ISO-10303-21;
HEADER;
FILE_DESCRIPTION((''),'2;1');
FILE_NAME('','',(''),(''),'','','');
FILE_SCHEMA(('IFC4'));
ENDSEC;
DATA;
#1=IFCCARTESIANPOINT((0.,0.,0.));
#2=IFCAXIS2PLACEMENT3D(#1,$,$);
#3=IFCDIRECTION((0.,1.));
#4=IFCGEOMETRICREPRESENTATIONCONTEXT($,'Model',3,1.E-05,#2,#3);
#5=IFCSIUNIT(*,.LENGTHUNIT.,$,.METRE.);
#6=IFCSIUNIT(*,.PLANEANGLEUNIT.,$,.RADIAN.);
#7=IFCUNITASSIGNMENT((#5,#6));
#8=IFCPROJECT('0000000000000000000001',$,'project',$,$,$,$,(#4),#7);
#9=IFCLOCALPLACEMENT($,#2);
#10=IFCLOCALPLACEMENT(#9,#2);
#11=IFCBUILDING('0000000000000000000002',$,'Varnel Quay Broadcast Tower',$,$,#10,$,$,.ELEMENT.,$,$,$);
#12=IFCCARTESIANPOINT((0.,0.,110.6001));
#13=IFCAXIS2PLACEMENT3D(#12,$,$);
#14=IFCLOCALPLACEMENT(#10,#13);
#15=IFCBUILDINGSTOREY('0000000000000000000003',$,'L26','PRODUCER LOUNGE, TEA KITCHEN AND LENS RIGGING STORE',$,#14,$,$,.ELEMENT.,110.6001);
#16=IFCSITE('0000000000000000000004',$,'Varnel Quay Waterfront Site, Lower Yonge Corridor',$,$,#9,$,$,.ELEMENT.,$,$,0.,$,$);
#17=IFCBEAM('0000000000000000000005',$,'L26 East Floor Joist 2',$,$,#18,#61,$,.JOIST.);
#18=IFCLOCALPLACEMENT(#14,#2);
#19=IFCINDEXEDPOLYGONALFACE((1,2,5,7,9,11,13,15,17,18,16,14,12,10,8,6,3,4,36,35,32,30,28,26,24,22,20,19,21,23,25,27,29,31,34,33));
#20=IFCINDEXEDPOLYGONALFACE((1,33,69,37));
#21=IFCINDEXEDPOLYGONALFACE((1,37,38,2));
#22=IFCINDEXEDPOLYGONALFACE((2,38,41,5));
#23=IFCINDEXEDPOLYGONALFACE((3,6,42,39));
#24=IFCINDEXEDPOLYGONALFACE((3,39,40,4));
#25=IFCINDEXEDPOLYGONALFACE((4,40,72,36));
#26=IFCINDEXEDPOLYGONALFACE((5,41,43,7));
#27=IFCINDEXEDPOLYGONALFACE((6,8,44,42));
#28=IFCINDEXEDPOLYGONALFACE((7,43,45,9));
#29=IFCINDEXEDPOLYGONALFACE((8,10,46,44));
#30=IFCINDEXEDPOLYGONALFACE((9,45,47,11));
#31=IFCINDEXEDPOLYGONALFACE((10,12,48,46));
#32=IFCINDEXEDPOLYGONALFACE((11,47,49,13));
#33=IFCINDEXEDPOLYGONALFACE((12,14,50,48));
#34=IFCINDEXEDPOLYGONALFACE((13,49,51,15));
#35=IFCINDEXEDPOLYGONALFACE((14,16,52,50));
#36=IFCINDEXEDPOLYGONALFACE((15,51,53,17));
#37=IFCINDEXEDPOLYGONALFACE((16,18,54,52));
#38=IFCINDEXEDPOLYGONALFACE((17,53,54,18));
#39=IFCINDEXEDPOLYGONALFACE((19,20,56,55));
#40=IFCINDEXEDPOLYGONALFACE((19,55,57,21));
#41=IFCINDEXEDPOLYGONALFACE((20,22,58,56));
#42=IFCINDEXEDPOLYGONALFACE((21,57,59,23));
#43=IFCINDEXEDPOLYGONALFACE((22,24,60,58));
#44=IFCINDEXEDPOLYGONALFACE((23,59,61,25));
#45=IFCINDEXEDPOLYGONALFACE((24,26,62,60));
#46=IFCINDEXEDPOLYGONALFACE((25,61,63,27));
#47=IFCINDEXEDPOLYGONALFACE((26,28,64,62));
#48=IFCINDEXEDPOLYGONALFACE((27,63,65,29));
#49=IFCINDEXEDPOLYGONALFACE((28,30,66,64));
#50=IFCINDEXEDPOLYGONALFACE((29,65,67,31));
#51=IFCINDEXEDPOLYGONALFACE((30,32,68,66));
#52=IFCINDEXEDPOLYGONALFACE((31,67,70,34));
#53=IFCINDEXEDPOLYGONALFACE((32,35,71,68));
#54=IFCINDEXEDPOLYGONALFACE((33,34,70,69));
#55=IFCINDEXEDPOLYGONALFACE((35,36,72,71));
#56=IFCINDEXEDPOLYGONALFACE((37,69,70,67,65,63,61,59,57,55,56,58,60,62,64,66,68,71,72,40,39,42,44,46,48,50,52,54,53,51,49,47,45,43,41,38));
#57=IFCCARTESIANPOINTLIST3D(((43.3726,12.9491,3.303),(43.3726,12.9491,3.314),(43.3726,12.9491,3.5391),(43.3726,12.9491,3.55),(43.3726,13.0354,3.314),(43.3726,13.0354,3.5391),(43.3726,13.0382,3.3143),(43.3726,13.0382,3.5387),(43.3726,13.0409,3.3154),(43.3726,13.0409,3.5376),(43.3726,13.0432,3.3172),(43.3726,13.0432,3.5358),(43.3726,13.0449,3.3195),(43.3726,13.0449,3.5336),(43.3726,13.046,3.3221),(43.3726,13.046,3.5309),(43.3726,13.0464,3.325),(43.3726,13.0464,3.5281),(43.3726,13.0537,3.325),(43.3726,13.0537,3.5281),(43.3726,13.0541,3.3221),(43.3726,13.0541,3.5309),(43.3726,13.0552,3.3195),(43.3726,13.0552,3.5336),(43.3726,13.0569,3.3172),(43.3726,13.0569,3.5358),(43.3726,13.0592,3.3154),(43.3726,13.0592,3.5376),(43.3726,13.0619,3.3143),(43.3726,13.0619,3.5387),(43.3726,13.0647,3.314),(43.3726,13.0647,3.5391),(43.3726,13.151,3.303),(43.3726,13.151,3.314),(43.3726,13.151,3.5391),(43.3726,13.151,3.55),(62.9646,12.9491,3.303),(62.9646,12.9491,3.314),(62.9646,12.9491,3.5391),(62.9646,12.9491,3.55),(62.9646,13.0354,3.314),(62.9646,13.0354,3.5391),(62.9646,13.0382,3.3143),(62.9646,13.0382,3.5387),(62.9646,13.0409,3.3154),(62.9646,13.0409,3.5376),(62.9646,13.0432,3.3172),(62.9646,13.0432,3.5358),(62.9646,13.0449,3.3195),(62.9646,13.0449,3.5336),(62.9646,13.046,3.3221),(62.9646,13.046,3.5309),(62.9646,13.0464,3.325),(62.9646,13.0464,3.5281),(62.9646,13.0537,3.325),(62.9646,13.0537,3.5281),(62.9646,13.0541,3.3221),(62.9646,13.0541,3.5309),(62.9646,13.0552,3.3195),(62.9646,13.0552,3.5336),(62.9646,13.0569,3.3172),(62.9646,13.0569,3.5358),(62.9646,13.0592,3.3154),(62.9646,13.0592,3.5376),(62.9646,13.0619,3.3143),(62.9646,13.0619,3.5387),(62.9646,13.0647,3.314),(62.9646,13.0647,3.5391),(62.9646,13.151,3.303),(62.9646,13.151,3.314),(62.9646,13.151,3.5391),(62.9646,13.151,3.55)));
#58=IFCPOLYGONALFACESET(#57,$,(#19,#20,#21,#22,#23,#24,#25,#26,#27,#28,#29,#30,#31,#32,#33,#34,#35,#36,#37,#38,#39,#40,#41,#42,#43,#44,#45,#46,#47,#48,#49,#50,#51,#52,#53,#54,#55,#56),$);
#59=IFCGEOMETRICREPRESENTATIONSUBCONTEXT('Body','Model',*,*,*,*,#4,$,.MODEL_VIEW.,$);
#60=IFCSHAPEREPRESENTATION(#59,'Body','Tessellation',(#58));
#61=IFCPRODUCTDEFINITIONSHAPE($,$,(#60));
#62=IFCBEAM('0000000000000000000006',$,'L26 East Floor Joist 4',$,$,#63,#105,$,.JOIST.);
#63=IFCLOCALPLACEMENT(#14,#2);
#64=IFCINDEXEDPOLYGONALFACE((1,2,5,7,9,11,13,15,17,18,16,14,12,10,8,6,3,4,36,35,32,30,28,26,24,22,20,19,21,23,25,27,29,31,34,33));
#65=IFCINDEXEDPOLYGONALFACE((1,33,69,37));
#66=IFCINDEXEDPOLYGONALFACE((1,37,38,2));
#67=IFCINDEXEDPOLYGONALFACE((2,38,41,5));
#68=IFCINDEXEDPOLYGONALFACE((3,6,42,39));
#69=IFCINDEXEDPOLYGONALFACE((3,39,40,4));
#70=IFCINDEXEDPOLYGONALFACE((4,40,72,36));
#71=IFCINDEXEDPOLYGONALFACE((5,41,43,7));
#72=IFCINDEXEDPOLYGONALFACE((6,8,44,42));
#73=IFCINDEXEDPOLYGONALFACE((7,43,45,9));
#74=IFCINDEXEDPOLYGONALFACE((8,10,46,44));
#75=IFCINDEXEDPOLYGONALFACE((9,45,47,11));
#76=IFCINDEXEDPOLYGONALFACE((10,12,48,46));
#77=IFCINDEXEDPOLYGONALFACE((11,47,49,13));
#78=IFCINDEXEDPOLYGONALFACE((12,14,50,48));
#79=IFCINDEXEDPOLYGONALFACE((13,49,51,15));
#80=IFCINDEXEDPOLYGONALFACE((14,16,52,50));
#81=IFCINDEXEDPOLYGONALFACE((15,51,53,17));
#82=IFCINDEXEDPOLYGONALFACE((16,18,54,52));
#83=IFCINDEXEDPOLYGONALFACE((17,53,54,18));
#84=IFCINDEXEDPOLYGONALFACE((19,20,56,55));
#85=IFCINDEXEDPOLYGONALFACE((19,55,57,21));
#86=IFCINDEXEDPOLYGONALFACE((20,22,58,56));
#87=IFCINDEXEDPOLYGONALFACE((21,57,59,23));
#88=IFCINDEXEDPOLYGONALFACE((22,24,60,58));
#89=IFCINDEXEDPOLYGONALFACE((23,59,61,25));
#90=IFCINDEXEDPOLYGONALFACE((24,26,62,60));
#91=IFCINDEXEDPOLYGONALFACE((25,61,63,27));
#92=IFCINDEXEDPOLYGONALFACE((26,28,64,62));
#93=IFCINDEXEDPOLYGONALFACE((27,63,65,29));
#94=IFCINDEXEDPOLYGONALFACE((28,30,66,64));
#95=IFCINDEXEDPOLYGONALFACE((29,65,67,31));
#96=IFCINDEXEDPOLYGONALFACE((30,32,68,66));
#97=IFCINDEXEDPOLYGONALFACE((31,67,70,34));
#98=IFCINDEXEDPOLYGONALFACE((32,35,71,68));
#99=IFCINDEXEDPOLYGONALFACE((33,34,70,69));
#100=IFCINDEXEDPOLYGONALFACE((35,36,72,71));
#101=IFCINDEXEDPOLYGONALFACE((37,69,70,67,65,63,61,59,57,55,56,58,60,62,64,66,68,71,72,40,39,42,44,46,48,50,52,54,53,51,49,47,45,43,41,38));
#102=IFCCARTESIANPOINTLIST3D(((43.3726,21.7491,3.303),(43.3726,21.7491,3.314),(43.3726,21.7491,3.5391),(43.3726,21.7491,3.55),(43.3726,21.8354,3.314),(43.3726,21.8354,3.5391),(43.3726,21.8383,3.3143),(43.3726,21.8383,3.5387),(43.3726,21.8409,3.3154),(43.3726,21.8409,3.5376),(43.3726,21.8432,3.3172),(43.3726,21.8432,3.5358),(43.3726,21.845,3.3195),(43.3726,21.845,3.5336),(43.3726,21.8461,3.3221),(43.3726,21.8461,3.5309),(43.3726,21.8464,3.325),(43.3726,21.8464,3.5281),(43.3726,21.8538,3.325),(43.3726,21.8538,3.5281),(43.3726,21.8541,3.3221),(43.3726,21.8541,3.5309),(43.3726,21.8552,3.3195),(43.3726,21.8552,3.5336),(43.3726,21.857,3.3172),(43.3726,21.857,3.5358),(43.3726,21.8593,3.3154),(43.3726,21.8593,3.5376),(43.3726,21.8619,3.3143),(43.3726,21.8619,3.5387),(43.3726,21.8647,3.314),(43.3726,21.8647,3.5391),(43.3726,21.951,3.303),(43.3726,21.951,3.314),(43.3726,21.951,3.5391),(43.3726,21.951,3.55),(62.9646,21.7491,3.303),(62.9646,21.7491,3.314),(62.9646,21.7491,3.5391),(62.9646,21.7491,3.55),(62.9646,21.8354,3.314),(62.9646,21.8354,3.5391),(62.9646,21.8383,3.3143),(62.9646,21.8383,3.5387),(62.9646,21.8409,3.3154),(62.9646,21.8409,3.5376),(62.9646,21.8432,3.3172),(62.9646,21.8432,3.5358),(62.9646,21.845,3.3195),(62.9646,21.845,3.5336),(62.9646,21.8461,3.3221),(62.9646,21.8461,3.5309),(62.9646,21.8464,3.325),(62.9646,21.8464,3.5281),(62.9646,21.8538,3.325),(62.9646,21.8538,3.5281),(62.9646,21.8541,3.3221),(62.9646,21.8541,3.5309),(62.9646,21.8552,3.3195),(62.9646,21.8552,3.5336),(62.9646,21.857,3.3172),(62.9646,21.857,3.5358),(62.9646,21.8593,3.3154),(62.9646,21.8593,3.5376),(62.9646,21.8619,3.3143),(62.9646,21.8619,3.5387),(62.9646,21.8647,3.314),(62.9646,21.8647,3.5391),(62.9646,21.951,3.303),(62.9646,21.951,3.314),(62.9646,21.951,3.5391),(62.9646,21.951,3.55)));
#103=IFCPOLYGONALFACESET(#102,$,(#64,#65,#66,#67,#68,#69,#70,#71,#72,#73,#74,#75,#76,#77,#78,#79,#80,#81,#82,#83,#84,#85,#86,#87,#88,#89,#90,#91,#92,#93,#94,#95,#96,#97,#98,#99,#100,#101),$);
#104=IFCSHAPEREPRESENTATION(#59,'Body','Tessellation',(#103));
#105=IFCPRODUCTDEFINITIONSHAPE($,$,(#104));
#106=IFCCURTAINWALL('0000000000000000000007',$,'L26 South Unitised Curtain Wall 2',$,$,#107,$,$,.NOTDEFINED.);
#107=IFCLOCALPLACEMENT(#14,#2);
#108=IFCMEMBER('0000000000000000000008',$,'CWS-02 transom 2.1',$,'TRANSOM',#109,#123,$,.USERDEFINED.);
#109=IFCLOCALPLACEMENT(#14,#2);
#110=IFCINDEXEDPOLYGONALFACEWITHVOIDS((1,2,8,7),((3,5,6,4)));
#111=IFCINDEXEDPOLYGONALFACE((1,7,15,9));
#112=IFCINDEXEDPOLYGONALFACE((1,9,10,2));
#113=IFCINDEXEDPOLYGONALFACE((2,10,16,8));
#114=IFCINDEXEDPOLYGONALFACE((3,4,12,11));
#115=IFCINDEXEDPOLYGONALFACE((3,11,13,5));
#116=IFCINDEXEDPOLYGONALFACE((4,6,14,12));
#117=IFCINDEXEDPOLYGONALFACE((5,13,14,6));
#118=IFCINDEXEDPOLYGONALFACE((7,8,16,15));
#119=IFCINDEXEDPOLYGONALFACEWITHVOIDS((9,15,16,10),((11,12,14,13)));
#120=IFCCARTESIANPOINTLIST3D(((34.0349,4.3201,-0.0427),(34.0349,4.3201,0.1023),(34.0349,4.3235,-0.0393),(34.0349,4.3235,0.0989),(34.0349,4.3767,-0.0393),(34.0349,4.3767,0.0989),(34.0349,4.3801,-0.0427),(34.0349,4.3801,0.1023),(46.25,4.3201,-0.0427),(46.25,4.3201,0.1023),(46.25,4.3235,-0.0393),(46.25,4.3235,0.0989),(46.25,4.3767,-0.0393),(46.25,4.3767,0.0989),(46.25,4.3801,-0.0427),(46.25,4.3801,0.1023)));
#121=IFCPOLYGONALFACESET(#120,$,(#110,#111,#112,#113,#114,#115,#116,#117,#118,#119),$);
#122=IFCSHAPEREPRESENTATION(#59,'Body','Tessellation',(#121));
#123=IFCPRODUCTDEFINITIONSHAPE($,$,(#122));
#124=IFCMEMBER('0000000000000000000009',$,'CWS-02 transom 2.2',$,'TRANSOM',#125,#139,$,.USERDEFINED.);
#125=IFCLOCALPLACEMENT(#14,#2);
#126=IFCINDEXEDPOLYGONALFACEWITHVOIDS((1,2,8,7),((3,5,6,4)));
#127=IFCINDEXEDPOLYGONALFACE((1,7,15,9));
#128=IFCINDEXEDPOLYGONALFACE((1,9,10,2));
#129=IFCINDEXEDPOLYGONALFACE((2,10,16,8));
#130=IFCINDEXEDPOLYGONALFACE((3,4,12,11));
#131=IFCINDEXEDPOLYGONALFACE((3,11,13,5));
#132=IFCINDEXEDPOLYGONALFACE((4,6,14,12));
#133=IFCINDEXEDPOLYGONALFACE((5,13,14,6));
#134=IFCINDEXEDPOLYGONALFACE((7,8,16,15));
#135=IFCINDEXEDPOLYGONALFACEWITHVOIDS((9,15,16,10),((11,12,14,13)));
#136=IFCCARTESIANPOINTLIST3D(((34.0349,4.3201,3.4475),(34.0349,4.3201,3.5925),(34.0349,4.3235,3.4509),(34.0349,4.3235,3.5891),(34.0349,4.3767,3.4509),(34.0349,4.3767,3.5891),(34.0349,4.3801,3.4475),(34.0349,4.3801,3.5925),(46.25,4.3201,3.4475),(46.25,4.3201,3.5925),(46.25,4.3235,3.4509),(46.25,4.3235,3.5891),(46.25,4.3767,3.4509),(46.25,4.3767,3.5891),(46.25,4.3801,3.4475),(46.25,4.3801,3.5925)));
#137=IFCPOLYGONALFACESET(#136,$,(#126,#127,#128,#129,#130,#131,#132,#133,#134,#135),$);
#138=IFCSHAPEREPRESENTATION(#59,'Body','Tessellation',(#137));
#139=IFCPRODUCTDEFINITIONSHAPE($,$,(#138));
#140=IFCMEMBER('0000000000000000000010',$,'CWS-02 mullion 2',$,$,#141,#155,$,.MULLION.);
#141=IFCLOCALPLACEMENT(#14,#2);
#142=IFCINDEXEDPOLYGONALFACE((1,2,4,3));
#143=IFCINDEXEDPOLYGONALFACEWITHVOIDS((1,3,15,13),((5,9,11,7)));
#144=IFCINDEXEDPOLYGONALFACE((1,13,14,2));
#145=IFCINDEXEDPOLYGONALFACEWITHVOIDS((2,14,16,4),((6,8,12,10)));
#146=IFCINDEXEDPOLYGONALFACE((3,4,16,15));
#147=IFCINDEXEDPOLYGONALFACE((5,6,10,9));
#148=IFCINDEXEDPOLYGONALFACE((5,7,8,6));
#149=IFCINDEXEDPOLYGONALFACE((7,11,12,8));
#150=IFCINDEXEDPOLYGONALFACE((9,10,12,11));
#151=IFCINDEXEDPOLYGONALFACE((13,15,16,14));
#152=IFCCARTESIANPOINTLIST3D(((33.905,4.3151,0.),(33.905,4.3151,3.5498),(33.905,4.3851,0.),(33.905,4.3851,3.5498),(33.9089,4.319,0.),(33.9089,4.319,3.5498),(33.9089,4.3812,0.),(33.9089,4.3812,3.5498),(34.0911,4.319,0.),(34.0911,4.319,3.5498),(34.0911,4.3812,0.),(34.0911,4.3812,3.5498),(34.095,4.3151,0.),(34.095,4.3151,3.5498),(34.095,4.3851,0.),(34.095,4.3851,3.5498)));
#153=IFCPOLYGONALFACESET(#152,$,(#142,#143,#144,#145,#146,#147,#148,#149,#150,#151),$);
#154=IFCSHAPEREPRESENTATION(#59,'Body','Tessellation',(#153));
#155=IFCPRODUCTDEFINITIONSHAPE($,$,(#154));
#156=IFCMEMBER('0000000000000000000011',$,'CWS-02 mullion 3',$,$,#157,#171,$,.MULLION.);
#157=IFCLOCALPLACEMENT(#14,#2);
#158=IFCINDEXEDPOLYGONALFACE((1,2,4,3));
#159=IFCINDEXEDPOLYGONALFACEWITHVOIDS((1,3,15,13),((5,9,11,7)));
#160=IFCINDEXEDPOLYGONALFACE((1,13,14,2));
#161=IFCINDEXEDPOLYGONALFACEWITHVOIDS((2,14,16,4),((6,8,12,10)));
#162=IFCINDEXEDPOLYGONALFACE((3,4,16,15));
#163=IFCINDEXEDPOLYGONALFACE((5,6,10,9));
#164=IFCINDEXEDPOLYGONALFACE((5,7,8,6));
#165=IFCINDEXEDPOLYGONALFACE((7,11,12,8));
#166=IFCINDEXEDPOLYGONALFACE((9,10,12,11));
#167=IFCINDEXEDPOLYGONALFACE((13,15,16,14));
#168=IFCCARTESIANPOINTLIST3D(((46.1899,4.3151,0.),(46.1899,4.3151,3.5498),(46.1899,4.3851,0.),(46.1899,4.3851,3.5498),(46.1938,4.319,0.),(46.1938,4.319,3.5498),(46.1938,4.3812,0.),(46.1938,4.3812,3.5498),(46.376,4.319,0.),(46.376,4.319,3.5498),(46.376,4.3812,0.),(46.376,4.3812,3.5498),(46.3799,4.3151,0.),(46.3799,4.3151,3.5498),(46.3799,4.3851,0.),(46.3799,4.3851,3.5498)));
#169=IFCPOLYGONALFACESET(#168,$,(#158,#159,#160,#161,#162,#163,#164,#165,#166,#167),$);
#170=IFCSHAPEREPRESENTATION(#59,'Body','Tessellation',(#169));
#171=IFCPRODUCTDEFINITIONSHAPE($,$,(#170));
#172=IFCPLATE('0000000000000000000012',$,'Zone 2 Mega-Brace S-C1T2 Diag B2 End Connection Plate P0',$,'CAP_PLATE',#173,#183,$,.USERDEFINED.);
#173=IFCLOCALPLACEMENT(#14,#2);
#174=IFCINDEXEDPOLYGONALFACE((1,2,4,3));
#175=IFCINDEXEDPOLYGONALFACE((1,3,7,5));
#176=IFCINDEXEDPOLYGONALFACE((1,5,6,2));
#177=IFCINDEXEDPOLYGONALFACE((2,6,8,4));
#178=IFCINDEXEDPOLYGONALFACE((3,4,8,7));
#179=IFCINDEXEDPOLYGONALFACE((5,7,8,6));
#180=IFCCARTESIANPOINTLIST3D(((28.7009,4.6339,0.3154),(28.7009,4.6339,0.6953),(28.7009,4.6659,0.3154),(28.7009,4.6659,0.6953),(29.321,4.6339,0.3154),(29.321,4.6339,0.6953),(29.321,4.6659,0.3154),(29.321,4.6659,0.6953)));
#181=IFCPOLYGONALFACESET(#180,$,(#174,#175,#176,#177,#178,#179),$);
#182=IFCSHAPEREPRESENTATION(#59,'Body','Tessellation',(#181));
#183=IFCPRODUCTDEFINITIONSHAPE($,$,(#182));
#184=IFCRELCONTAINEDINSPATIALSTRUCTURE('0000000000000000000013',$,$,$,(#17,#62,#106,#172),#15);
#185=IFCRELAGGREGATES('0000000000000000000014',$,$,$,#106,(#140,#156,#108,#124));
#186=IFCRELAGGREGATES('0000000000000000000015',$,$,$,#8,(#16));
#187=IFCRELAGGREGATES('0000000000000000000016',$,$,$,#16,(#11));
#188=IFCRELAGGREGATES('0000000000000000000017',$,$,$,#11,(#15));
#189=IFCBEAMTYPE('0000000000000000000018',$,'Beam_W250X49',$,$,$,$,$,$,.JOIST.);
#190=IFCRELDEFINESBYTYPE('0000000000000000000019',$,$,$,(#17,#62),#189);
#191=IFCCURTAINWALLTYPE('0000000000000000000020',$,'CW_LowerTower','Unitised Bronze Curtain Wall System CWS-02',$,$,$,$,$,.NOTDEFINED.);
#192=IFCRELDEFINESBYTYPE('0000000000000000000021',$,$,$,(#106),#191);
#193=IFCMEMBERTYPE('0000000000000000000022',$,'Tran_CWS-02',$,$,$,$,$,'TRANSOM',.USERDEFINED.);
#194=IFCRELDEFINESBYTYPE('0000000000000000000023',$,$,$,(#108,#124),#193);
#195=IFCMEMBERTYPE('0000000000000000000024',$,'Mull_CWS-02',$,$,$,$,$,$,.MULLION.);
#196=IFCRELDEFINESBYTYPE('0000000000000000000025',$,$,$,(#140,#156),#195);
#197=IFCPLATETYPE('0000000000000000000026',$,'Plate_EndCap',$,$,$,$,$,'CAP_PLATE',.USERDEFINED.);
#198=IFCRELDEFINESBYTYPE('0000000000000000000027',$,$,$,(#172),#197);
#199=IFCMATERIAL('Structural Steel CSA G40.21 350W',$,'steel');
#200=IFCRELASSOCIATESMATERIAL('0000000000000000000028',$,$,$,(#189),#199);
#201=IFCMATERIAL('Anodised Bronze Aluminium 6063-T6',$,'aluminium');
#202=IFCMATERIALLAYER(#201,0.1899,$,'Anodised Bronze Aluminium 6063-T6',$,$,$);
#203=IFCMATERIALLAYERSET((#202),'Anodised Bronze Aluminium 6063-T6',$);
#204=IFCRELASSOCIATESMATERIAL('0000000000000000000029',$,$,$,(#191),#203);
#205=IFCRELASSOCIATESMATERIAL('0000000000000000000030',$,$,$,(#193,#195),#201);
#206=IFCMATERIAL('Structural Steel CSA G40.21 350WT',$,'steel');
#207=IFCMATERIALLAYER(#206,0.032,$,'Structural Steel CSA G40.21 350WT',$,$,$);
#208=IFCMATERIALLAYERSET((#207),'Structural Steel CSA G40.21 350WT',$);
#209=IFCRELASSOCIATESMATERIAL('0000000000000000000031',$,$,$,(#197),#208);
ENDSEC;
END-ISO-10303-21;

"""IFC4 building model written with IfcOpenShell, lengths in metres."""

from ifc_helpers import new_model, si_unit, direction, frame, origin, origin_2d, place, context, subcontext, project, spatial, rectangle, hollow_rectangle, i_section, extrude, source, transform, mapped, material, layer, layer_set, material_profile, profile_set, type_object, type_shapes, element, aggregate, save


model = new_model("IFC4")

# Units and contexts
model_context = context("Model", 3, precision=1e-05, world=origin(), true_north=direction((0.0, 1.0)))
body_context = subcontext(model_context, "Body", "Model", "MODEL_VIEW")
ifc_project = project(units=[si_unit("LENGTHUNIT", "METRE"), si_unit("PLANEANGLEUNIT", "RADIAN")], contexts=[model_context])

# Site, building, storey
site_placement = place(None, origin())
site = spatial("IfcSite", under=ifc_project, at=site_placement, Name="Varnel Quay Waterfront Site, Lower Yonge Corridor", CompositionType="ELEMENT", RefElevation=0.0)
building_placement = place(site_placement, origin())
building = spatial("IfcBuilding", under=site, at=building_placement, Name="Varnel Quay Broadcast Tower", CompositionType="ELEMENT")
storey_placement = place(building_placement, frame((0.0, 0.0, 110.6001)))
storey = spatial("IfcBuildingStorey", under=building, at=storey_placement, Name="L26", Description="PRODUCER LOUNGE, TEA KITCHEN AND LENS RIGGING STORE", CompositionType="ELEMENT", Elevation=110.6001)

# Shared definitions
ifc_material_1 = material(Name="Structural Steel CSA G40.21 350W", Category="steel")

# Beams
ifc_material_profile_1 = material_profile(ifc_material_1, i_section(OverallWidth=0.2019, OverallDepth=0.2471, WebThickness=0.0073, FlangeThickness=0.011, FilletRadius=0.011, at=origin_2d()), Name="W250X49")
ifc_profile_set_1 = profile_set([ifc_material_profile_1], Name="Structural Steel CSA G40.21 350W")
beam_type_1 = type_object("IfcBeamType", Name="Beam_W250X49", PredefinedType="JOIST", material=ifc_profile_set_1)
shared_shape_1 = source(origin(), body_context, "Body", "SweptSolid", [
    extrude(i_section(OverallWidth=0.2019, OverallDepth=0.2471, WebThickness=0.0073, FlangeThickness=0.011, FilletRadius=0.011, at=origin_2d()), origin(), (0.0, 0.0, 1.0), 19.592),
])
type_shapes(beam_type_1, [shared_shape_1])
for number, where, z_axis, x_axis, name in (
    (1, (43.3726, 13.05, 3.4265), (1.0, 0.0, 0.0), (0.0, 1.0, 0.0), "L26 East Floor Joist 2"),
    (2, (43.3726, 21.8501, 3.4265), (1.0, 0.0, 0.0), (0.0, 1.0, 0.0), "L26 East Floor Joist 4"),
):
    element("IfcBeam", number, at=place(storey_placement, frame(where, z_axis=z_axis, x_axis=x_axis)), inside=storey, type_object=beam_type_1, Name=name, PredefinedType="JOIST", context=body_context, shape_type="MappedRepresentation", body=[
        mapped(shared_shape_1, transform((0.0, 0.0, 0.0), x_axis=(1.0, 0.0, 0.0), y_axis=(0.0, 1.0, 0.0), z_axis=(0.0, 0.0, 1.0), scale=1.0)),
    ])

# Curtain wall, members
ifc_material_2 = material(Name="Anodised Bronze Aluminium 6063-T6", Category="aluminium")
ifc_layer_1 = layer(ifc_material_2, 0.1899, Name="Anodised Bronze Aluminium 6063-T6")
ifc_layer_set_1 = layer_set([ifc_layer_1], Name="Anodised Bronze Aluminium 6063-T6")
curtain_wall_type = type_object("IfcCurtainWallType", Name="CW_LowerTower", Description="Unitised Bronze Curtain Wall System CWS-02", PredefinedType="NOTDEFINED", material=ifc_layer_set_1)
curtain_wall_placement = place(storey_placement, origin())
curtain_wall = element("IfcCurtainWall", 3, at=curtain_wall_placement, inside=storey, type_object=curtain_wall_type, Name="L26 South Unitised Curtain Wall 2", PredefinedType="NOTDEFINED")
ifc_material_profile_2 = material_profile(ifc_material_2, hollow_rectangle(XDim=0.0601, YDim=0.145, WallThickness=0.0034, at=origin_2d()), Name="ALU60X145X3.5")
ifc_profile_set_2 = profile_set([ifc_material_profile_2], Name="Anodised Bronze Aluminium 6063-T6")
member_type_1 = type_object("IfcMemberType", Name="Tran_CWS-02", ElementType="TRANSOM", PredefinedType="USERDEFINED", material=ifc_profile_set_2)
shared_shape_2 = source(origin(), body_context, "Body", "SweptSolid", [
    extrude(hollow_rectangle(XDim=0.0601, YDim=0.145, WallThickness=0.0034, at=origin_2d()), origin(), (0.0, 0.0, 1.0), 12.2151),
])
type_shapes(member_type_1, [shared_shape_2])
member_1_placement = place(storey_placement, frame((34.0349, 4.3501, 0.0298), z_axis=(1.0, 0.0, 0.0), x_axis=(0.0, 1.0, 0.0)))
member_1 = element("IfcMember", 4, at=member_1_placement, type_object=member_type_1, Name="CWS-02 transom 2.1", ObjectType="TRANSOM", PredefinedType="USERDEFINED", context=body_context, shape_type="MappedRepresentation", body=[
    mapped(shared_shape_2, transform((0.0, 0.0, 0.0), x_axis=(1.0, 0.0, 0.0), y_axis=(0.0, 1.0, 0.0), z_axis=(0.0, 0.0, 1.0), scale=1.0)),
])
member_2_placement = place(storey_placement, frame((34.0349, 4.3501, 3.52), z_axis=(1.0, 0.0, 0.0), x_axis=(0.0, 1.0, 0.0)))
member_2 = element("IfcMember", 5, at=member_2_placement, type_object=member_type_1, Name="CWS-02 transom 2.2", ObjectType="TRANSOM", PredefinedType="USERDEFINED", context=body_context, shape_type="MappedRepresentation", body=[
    mapped(shared_shape_2, transform((0.0, 0.0, 0.0), x_axis=(1.0, 0.0, 0.0), y_axis=(0.0, 1.0, 0.0), z_axis=(0.0, 0.0, 1.0), scale=1.0)),
])
ifc_material_profile_3 = material_profile(ifc_material_2, hollow_rectangle(XDim=0.0701, YDim=0.1899, WallThickness=0.0039, at=origin_2d()), Name="ALU70X190X4")
ifc_profile_set_3 = profile_set([ifc_material_profile_3], Name="Anodised Bronze Aluminium 6063-T6")
member_type_2 = type_object("IfcMemberType", Name="Mull_CWS-02", PredefinedType="MULLION", material=ifc_profile_set_3)
shared_shape_3 = source(origin(), body_context, "Body", "SweptSolid", [
    extrude(hollow_rectangle(XDim=0.0701, YDim=0.1899, WallThickness=0.0039, at=origin_2d()), origin(), (0.0, 0.0, 1.0), 3.5498),
])
type_shapes(member_type_2, [shared_shape_3])
member_3_placement = place(storey_placement, frame((34.0, 4.3501, 0.0), z_axis=(0.0, 0.0, 1.0), x_axis=(0.0, 1.0, 0.0)))
member_3 = element("IfcMember", 6, at=member_3_placement, type_object=member_type_2, Name="CWS-02 mullion 2", PredefinedType="MULLION", context=body_context, shape_type="MappedRepresentation", body=[
    mapped(shared_shape_3, transform((0.0, 0.0, 0.0), x_axis=(1.0, 0.0, 0.0), y_axis=(0.0, 1.0, 0.0), z_axis=(0.0, 0.0, 1.0), scale=1.0)),
])
member_4_placement = place(storey_placement, frame((46.2849, 4.3501, 0.0), z_axis=(0.0, 0.0, 1.0), x_axis=(0.0, 1.0, 0.0)))
member_4 = element("IfcMember", 7, at=member_4_placement, type_object=member_type_2, Name="CWS-02 mullion 3", PredefinedType="MULLION", context=body_context, shape_type="MappedRepresentation", body=[
    mapped(shared_shape_3, transform((0.0, 0.0, 0.0), x_axis=(1.0, 0.0, 0.0), y_axis=(0.0, 1.0, 0.0), z_axis=(0.0, 0.0, 1.0), scale=1.0)),
])

# Plate
ifc_material_3 = material(Name="Structural Steel CSA G40.21 350WT", Category="steel")
ifc_layer_2 = layer(ifc_material_3, 0.032, Name="Structural Steel CSA G40.21 350WT")
ifc_layer_set_2 = layer_set([ifc_layer_2], Name="Structural Steel CSA G40.21 350WT")
plate_type_1 = type_object("IfcPlateType", Name="Plate_EndCap", ElementType="CAP_PLATE", PredefinedType="USERDEFINED", material=ifc_layer_set_2)
shared_shape_4 = source(origin(), body_context, "Body", "SweptSolid", [
    extrude(rectangle(XDim=0.6201, YDim=0.032, at=origin_2d()), origin(), (0.0, 0.0, 1.0), 0.3799),
])
type_shapes(plate_type_1, [shared_shape_4])
for number, where, z_axis, x_axis, name in (
    (8, (29.011, 4.6499, 0.3154), (0.0, 0.0, 1.0), (1.0, 0.0, 0.0), "Zone 2 Mega-Brace S-C1T2 Diag B2 End Connection Plate P0"),
):
    element("IfcPlate", number, at=place(storey_placement, frame(where, z_axis=z_axis, x_axis=x_axis)), inside=storey, type_object=plate_type_1, Name=name, ObjectType="CAP_PLATE", PredefinedType="USERDEFINED", context=body_context, shape_type="MappedRepresentation", body=[
        mapped(shared_shape_4, transform((0.0, 0.0, 0.0), x_axis=(1.0, 0.0, 0.0), y_axis=(0.0, 1.0, 0.0), z_axis=(0.0, 0.0, 1.0), scale=1.0)),
    ])

aggregate(curtain_wall, [member_3, member_4, member_1, member_2])

save(model, "model.ifc")
